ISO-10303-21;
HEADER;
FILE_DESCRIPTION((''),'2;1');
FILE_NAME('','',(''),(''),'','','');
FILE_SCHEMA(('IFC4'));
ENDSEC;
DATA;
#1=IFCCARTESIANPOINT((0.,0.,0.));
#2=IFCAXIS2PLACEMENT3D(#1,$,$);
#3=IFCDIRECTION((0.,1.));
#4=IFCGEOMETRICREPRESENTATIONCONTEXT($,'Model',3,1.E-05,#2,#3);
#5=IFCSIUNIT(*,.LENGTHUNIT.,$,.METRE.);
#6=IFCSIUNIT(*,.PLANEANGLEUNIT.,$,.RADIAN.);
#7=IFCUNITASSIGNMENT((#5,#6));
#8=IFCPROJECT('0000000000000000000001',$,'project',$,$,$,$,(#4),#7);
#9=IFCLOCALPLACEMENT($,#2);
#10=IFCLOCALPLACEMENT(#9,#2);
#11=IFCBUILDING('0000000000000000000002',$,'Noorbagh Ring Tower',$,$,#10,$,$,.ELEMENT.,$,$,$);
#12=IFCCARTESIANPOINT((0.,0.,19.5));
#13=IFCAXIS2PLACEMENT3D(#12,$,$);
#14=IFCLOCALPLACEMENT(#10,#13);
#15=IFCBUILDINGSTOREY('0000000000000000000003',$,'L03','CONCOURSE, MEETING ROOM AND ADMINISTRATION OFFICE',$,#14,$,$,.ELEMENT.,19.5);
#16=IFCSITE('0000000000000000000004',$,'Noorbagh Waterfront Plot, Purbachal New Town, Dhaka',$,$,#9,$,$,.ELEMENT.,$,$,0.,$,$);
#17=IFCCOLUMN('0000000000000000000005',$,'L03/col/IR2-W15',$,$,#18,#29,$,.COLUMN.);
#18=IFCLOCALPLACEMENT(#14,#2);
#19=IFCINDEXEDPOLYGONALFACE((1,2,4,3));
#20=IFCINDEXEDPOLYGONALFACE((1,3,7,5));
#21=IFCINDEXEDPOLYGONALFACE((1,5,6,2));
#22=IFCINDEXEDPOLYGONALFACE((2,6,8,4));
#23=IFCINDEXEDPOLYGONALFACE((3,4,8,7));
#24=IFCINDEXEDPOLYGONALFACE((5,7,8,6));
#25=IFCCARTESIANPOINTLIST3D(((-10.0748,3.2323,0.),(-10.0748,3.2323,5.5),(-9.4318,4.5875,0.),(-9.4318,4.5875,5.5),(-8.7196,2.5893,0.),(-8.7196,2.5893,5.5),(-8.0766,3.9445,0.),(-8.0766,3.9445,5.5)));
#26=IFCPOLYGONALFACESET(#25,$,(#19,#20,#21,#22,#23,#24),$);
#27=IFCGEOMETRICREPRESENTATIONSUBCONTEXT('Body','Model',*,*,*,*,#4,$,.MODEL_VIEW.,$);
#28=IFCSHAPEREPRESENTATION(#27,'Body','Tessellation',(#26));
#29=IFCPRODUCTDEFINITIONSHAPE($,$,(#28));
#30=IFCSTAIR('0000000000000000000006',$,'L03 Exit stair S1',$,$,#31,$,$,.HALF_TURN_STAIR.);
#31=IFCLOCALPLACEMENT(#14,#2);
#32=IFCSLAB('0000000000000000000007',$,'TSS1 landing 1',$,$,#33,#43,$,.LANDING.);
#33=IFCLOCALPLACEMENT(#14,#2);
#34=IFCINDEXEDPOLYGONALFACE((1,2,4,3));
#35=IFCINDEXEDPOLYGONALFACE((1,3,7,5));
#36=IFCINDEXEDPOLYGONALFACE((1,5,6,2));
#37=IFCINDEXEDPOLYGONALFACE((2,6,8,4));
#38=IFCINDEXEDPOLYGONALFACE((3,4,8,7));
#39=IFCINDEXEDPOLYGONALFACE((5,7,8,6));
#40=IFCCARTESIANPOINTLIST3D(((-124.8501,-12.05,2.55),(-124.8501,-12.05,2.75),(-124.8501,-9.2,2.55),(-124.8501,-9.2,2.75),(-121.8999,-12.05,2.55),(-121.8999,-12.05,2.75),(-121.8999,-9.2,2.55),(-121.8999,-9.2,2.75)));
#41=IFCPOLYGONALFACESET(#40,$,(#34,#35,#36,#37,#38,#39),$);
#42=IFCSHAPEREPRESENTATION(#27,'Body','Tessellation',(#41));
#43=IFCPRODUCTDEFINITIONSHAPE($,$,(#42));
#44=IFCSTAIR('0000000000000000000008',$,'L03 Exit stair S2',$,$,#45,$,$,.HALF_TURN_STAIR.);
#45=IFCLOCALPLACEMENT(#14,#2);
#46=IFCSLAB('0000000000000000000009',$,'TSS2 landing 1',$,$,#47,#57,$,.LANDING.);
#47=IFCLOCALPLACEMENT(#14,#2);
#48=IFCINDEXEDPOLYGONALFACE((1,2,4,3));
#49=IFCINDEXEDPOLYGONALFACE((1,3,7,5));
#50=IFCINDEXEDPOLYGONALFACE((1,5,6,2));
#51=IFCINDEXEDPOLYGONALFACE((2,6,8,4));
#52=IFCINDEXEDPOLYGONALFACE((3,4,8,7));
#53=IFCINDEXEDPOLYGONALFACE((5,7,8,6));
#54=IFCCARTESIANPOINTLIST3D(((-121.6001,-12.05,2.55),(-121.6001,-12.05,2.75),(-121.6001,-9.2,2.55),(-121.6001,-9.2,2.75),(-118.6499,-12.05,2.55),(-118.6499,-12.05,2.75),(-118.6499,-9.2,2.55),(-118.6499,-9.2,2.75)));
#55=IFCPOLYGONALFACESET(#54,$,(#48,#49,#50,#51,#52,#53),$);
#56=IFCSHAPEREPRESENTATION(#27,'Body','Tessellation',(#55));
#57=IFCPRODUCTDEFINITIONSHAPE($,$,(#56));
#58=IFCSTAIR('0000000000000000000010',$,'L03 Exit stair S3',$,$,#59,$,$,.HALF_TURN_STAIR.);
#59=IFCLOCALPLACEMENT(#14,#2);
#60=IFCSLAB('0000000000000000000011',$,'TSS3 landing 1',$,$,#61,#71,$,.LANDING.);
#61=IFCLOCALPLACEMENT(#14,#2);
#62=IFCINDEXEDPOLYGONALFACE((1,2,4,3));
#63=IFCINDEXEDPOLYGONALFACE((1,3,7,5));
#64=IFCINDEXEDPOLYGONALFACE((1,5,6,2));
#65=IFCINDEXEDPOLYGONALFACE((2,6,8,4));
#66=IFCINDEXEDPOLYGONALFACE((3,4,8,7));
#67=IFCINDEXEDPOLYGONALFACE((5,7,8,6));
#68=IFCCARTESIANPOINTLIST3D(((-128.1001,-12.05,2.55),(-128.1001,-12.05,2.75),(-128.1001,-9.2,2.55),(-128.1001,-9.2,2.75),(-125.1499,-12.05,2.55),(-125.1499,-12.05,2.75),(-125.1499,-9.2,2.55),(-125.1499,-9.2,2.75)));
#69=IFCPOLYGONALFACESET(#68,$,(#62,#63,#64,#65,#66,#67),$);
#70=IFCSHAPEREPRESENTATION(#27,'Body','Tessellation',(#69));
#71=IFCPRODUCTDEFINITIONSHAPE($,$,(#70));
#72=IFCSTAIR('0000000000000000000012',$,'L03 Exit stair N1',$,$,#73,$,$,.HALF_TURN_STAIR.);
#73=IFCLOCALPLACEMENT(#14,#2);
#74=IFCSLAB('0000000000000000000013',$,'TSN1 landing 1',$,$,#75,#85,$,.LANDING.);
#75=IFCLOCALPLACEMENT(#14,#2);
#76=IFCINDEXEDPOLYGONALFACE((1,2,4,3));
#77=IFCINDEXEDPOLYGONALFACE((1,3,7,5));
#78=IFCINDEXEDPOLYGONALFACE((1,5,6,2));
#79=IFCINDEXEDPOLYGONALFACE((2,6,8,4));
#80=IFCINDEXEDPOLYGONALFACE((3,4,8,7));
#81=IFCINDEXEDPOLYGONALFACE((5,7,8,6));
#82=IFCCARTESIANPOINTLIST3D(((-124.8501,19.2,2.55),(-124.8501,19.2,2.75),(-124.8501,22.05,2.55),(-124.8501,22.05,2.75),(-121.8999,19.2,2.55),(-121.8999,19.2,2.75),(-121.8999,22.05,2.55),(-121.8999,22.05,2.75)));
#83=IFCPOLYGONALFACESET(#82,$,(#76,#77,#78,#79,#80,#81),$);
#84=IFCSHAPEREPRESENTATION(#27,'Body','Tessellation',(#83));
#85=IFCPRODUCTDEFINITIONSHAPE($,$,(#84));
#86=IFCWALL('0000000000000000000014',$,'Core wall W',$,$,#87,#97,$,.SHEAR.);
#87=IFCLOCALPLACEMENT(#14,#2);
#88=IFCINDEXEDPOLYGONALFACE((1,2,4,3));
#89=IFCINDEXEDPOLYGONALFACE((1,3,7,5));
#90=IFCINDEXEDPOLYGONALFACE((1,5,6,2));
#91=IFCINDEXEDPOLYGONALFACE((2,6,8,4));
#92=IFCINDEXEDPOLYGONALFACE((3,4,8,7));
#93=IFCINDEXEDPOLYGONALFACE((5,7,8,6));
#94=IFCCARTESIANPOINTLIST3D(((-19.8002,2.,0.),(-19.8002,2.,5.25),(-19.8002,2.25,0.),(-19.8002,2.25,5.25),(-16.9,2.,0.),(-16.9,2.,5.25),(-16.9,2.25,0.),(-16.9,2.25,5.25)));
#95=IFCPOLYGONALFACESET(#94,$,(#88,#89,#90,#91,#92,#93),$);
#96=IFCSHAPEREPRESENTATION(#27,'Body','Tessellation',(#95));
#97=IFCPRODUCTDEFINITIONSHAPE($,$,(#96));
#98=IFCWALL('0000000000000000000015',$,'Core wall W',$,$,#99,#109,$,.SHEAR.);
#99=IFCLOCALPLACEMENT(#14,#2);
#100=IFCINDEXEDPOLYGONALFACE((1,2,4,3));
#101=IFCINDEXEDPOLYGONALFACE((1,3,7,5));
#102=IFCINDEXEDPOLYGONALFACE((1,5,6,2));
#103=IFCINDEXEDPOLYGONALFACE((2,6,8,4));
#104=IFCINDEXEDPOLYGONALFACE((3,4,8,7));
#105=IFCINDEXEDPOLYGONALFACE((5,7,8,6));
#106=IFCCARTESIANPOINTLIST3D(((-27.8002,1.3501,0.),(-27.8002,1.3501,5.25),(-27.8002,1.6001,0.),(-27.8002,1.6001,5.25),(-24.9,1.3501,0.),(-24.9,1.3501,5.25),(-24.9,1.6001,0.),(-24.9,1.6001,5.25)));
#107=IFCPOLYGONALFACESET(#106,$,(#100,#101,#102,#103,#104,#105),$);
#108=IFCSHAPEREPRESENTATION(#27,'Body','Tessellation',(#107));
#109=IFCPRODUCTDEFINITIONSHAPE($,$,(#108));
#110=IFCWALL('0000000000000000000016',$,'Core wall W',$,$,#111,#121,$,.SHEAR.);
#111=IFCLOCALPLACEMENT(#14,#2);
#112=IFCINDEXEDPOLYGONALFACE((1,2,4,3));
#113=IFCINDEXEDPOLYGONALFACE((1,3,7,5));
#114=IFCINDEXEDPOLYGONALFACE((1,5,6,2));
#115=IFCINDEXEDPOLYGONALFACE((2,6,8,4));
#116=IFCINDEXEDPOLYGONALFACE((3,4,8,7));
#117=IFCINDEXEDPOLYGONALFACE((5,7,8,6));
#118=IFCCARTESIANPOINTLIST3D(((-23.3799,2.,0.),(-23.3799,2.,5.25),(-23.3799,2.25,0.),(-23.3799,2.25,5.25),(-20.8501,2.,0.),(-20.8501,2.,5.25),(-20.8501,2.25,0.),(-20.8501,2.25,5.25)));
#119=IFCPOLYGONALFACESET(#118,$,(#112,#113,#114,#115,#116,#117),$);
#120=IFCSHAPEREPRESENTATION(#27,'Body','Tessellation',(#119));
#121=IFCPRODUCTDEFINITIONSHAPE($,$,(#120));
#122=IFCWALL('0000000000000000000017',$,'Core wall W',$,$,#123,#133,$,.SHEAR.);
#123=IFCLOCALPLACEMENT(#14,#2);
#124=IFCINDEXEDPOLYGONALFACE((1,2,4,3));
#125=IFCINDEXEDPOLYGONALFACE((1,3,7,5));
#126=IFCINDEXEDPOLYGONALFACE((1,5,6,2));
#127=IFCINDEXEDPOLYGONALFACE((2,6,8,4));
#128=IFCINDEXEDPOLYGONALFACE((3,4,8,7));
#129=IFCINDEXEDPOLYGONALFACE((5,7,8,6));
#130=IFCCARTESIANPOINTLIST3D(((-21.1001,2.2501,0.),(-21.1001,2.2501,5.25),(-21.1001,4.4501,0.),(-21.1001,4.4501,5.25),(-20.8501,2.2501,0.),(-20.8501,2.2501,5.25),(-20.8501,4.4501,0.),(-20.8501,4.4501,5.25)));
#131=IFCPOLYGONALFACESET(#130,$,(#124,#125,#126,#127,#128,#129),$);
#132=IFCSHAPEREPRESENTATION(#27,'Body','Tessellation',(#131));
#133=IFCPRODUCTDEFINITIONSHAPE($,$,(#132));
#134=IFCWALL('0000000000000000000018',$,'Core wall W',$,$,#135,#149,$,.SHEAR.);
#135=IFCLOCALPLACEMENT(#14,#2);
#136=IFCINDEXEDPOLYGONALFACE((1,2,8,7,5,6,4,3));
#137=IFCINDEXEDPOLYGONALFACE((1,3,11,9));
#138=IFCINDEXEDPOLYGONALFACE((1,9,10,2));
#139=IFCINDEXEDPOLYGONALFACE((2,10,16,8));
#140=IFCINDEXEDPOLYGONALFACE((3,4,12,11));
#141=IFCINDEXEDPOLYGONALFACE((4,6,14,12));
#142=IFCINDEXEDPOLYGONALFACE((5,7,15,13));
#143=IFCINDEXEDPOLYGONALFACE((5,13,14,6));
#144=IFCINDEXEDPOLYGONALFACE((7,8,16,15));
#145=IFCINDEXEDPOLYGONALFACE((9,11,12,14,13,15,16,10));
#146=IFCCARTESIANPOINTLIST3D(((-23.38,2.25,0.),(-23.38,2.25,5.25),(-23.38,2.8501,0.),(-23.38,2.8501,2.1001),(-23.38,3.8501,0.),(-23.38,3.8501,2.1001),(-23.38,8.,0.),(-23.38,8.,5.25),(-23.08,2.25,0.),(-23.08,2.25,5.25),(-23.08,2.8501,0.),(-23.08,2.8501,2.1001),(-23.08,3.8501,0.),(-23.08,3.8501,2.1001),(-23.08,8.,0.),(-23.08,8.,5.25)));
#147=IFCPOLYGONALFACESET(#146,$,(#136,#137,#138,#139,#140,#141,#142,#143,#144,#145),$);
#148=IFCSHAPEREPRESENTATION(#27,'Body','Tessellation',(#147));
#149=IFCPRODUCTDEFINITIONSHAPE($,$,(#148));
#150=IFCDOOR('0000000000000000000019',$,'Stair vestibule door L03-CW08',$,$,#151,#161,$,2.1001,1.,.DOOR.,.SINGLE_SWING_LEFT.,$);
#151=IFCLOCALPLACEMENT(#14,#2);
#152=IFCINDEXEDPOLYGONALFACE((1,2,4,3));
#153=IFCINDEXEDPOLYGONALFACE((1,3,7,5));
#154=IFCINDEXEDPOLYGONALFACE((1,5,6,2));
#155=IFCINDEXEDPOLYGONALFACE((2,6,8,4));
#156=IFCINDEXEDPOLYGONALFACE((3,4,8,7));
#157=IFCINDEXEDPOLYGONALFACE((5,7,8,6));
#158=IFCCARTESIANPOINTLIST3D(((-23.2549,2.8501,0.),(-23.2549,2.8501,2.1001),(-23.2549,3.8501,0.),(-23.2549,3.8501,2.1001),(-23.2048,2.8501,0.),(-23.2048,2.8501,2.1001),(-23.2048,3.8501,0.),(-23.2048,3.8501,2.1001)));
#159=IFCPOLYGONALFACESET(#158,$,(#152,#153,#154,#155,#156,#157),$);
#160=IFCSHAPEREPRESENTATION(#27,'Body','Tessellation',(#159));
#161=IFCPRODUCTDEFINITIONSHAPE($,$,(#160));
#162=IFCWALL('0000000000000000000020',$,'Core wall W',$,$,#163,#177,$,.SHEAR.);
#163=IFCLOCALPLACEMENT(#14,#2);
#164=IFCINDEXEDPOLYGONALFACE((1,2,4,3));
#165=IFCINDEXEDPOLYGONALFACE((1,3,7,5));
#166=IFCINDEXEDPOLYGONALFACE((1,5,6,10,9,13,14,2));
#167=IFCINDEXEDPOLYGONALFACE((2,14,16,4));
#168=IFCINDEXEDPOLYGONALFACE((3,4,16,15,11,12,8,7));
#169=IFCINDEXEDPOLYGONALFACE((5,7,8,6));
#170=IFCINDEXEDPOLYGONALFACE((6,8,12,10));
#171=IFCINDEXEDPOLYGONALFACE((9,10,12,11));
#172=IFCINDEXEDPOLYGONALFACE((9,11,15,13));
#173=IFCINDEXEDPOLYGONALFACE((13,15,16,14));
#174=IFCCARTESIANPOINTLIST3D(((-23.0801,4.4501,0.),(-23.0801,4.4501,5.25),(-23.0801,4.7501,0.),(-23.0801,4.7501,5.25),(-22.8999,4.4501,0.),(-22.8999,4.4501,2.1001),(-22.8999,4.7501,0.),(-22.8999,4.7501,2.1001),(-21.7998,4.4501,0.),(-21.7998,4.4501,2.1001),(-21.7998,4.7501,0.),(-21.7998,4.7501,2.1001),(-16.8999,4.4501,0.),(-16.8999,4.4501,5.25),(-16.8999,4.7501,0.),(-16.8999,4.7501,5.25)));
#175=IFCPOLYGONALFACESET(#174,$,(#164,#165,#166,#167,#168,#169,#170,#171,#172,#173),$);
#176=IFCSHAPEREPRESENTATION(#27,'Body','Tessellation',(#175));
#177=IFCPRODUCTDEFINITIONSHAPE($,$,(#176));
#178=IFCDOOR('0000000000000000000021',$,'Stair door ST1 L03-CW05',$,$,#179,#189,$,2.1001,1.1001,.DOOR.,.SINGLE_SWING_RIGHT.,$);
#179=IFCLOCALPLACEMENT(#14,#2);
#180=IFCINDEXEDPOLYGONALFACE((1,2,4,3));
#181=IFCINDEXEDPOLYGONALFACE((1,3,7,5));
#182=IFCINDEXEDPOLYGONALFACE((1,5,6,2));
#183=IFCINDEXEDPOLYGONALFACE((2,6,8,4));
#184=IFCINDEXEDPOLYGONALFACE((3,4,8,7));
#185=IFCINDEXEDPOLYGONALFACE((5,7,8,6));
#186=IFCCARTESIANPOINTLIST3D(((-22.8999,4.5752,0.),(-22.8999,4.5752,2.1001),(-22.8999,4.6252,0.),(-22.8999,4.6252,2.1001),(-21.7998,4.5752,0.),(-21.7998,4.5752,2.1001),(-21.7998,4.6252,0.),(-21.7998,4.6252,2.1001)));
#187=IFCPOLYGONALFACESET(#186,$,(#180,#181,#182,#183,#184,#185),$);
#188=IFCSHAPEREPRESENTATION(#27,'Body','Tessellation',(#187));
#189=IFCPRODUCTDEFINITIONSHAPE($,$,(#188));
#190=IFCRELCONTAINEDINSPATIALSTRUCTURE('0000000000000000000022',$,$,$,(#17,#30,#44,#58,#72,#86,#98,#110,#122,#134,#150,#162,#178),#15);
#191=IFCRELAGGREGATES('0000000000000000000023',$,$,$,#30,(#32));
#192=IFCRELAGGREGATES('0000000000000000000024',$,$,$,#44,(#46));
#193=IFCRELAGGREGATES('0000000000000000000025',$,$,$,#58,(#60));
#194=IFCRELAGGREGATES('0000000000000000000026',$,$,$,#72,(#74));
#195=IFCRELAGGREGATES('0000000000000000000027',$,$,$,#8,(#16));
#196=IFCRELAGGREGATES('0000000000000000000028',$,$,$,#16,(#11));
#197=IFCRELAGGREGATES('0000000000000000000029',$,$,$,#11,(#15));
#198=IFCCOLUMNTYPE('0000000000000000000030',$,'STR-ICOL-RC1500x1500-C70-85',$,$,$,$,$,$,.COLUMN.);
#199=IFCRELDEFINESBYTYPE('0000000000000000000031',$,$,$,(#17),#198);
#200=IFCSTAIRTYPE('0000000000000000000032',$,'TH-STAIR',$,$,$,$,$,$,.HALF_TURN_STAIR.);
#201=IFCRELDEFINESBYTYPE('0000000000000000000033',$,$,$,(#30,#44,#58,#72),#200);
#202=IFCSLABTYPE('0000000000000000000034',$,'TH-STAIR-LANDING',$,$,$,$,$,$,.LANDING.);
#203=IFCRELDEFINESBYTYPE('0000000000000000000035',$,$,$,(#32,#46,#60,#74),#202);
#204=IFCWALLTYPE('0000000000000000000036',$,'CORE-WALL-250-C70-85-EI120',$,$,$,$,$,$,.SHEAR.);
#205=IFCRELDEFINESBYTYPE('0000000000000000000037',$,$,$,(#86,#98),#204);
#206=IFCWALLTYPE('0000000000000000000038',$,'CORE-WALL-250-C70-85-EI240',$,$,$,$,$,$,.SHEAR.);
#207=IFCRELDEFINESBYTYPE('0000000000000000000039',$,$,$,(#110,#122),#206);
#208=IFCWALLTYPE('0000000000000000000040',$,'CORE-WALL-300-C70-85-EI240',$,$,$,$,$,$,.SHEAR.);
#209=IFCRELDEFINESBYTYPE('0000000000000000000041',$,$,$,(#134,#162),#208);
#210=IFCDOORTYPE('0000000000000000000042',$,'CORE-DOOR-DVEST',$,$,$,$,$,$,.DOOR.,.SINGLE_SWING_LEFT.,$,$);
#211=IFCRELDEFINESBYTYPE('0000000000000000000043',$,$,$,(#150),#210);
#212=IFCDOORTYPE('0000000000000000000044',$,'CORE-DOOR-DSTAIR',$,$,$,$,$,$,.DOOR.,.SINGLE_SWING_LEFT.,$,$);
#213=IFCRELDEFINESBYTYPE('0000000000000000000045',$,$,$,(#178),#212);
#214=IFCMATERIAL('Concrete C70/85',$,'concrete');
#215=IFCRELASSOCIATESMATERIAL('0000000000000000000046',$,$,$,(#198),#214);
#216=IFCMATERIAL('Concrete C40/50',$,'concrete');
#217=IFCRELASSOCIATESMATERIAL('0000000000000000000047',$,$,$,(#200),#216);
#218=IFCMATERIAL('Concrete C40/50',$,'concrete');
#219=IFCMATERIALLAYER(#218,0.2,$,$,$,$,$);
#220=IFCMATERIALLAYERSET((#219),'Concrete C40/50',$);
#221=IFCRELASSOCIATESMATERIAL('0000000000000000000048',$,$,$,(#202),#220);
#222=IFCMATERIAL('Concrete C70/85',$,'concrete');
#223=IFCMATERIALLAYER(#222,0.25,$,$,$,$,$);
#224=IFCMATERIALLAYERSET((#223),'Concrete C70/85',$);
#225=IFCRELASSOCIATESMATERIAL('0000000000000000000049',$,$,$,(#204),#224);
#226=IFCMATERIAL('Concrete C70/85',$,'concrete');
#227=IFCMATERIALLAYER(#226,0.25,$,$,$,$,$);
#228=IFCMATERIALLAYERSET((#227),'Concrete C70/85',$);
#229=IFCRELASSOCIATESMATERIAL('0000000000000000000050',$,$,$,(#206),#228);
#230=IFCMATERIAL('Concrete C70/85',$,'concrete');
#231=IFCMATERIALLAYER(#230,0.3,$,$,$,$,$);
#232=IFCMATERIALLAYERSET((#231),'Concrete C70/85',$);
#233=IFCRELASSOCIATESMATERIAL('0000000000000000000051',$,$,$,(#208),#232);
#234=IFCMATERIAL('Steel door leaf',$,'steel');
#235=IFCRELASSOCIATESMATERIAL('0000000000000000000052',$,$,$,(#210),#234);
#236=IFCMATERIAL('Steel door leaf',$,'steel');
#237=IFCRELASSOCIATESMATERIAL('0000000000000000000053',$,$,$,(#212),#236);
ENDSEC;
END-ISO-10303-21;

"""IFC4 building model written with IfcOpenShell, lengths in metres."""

from ifc_helpers import new_model, si_unit, direction, frame, frame_2d, origin, origin_2d, place, context, subcontext, project, spatial, polyline, rectangle, outline, extrude, material, layer, layer_set, material_profile, profile_set, type_object, element, fill, aggregate, save


model = new_model("IFC4")

# Units and contexts
model_context = context("Model", 3, precision=1e-05, world=origin(), true_north=direction((0.0, 1.0)))
body_context = subcontext(model_context, "Body", "Model", "MODEL_VIEW")
ifc_project = project(units=[si_unit("LENGTHUNIT", "METRE"), si_unit("PLANEANGLEUNIT", "RADIAN")], contexts=[model_context])

# Site, building, storey
site_placement = place(None, origin())
site = spatial("IfcSite", under=ifc_project, at=site_placement, Name="Noorbagh Waterfront Plot, Purbachal New Town, Dhaka", CompositionType="ELEMENT", RefElevation=0.0)
building_placement = place(site_placement, origin())
building = spatial("IfcBuilding", under=site, at=building_placement, Name="Noorbagh Ring Tower", CompositionType="ELEMENT")
storey_placement = place(building_placement, frame((0.0, 0.0, 19.5)))
storey = spatial("IfcBuildingStorey", under=building, at=storey_placement, Name="L03", Description="CONCOURSE, MEETING ROOM AND ADMINISTRATION OFFICE", CompositionType="ELEMENT", Elevation=19.5)

# Column
ifc_material_1 = material(Name="Concrete C70/85", Category="concrete")
ifc_material_profile = material_profile(ifc_material_1, rectangle(XDim=1.5, YDim=1.5, at=origin_2d()), Name="RC1500x1500")
ifc_profile_set = profile_set([ifc_material_profile], Name="Concrete C70/85")
column_type = type_object("IfcColumnType", Name="STR-ICOL-RC1500x1500-C70-85", PredefinedType="COLUMN", material=ifc_profile_set)
column_placement = place(storey_placement, frame((-9.0757, 3.5884, 0.0), z_axis=(0.0, 0.0, 1.0), x_axis=(-0.428667, -0.903463, 0.0)))
element("IfcColumn", 1, at=column_placement, inside=storey, type_object=column_type, Name="L03/col/IR2-W15", PredefinedType="COLUMN", context=body_context, shape_type="SweptSolid", body=[
    extrude(rectangle(XDim=1.5, YDim=1.5, at=origin_2d()), origin(), (0.0, 0.0, 1.0), 5.5),
])

# Stairs, slabs
ifc_material_2 = material(Name="Concrete C40/50", Category="concrete")
stair_type_1 = type_object("IfcStairType", Name="TH-STAIR", PredefinedType="HALF_TURN_STAIR", material=ifc_material_2)
stair_1_placement = place(storey_placement, origin())
stair_1 = element("IfcStair", 2, at=stair_1_placement, inside=storey, type_object=stair_type_1, Name="L03 Exit stair S1", PredefinedType="HALF_TURN_STAIR")
ifc_material_3 = material(Name="Concrete C40/50", Category="concrete")
ifc_layer_1 = layer(ifc_material_3, 0.2)
ifc_layer_set_1 = layer_set([ifc_layer_1], Name="Concrete C40/50")
slab_type = type_object("IfcSlabType", Name="TH-STAIR-LANDING", PredefinedType="LANDING", material=ifc_layer_set_1)
slab_1_placement = place(storey_placement, frame((0.0, 0.0, 2.55)))
slab_1 = element("IfcSlab", 3, at=slab_1_placement, type_object=slab_type, Name="TSS1 landing 1", PredefinedType="LANDING", context=body_context, shape_type="SweptSolid", body=[
    extrude(outline(polyline([(-121.8999, -12.05), (-121.8999, -9.2), (-124.8501, -9.2), (-124.8501, -12.05), (-121.8999, -12.05)])), origin(), (0.0, 0.0, 1.0), 0.2),
])
aggregate(stair_1, [slab_1])
stair_2_placement = place(storey_placement, origin())
stair_2 = element("IfcStair", 4, at=stair_2_placement, inside=storey, type_object=stair_type_1, Name="L03 Exit stair S2", PredefinedType="HALF_TURN_STAIR")
slab_2_placement = place(storey_placement, frame((0.0, 0.0, 2.55)))
slab_2 = element("IfcSlab", 5, at=slab_2_placement, type_object=slab_type, Name="TSS2 landing 1", PredefinedType="LANDING", context=body_context, shape_type="SweptSolid", body=[
    extrude(outline(polyline([(-118.6499, -12.05), (-118.6499, -9.2), (-121.6001, -9.2), (-121.6001, -12.05), (-118.6499, -12.05)])), origin(), (0.0, 0.0, 1.0), 0.2),
])
aggregate(stair_2, [slab_2])
stair_3_placement = place(storey_placement, origin())
stair_3 = element("IfcStair", 6, at=stair_3_placement, inside=storey, type_object=stair_type_1, Name="L03 Exit stair S3", PredefinedType="HALF_TURN_STAIR")
slab_3_placement = place(storey_placement, frame((0.0, 0.0, 2.55)))
slab_3 = element("IfcSlab", 7, at=slab_3_placement, type_object=slab_type, Name="TSS3 landing 1", PredefinedType="LANDING", context=body_context, shape_type="SweptSolid", body=[
    extrude(outline(polyline([(-125.1499, -12.05), (-125.1499, -9.2), (-128.1001, -9.2), (-128.1001, -12.05), (-125.1499, -12.05)])), origin(), (0.0, 0.0, 1.0), 0.2),
])
aggregate(stair_3, [slab_3])
stair_4_placement = place(storey_placement, origin())
stair_4 = element("IfcStair", 8, at=stair_4_placement, inside=storey, type_object=stair_type_1, Name="L03 Exit stair N1", PredefinedType="HALF_TURN_STAIR")
slab_4_placement = place(storey_placement, frame((0.0, 0.0, 2.55)))
slab_4 = element("IfcSlab", 9, at=slab_4_placement, type_object=slab_type, Name="TSN1 landing 1", PredefinedType="LANDING", context=body_context, shape_type="SweptSolid", body=[
    extrude(outline(polyline([(-124.8501, 22.05), (-124.8501, 19.2), (-121.8999, 19.2), (-121.8999, 22.05), (-124.8501, 22.05)])), origin(), (0.0, 0.0, 1.0), 0.2),
])
aggregate(stair_4, [slab_4])

# Walls
ifc_material_4 = material(Name="Concrete C70/85", Category="concrete")
ifc_layer_2 = layer(ifc_material_4, 0.25)
ifc_layer_set_2 = layer_set([ifc_layer_2], Name="Concrete C70/85")
wall_type_1 = type_object("IfcWallType", Name="CORE-WALL-250-C70-85-EI120", PredefinedType="SHEAR", material=ifc_layer_set_2)
for number, where, z_axis, x_axis, name in (
    (10, (-16.8999, 2.125, 0.0), (0.0, 0.0, 1.0), (-1.0, 0.0, 0.0), "Core wall W"),
    (11, (-24.8999, 1.4751, 0.0), (0.0, 0.0, 1.0), (-1.0, 0.0, 0.0), "Core wall W"),
):
    element("IfcWall", number, at=place(storey_placement, frame(where, z_axis=z_axis, x_axis=x_axis)), inside=storey, type_object=wall_type_1, Name=name, PredefinedType="SHEAR", context=body_context, shape_type="SweptSolid", body=[
        extrude(rectangle(XDim=2.9001, YDim=0.25, at=frame_2d((1.4502, 0.0))), origin(), (0.0, 0.0, 1.0), 5.25),
    ])
ifc_material_5 = material(Name="Concrete C70/85", Category="concrete")
ifc_layer_3 = layer(ifc_material_5, 0.25)
ifc_layer_set_3 = layer_set([ifc_layer_3], Name="Concrete C70/85")
wall_type_2 = type_object("IfcWallType", Name="CORE-WALL-250-C70-85-EI240", PredefinedType="SHEAR", material=ifc_layer_set_3)
wall_1_placement = place(storey_placement, frame((-20.8501, 2.125, 0.0), z_axis=(0.0, 0.0, 1.0), x_axis=(-1.0, 0.0, 0.0)))
element("IfcWall", 12, at=wall_1_placement, inside=storey, type_object=wall_type_2, Name="Core wall W", PredefinedType="SHEAR", context=body_context, shape_type="SweptSolid", body=[
    extrude(rectangle(XDim=2.5298, YDim=0.25, at=frame_2d((1.2649, 0.0))), origin(), (0.0, 0.0, 1.0), 5.25),
])
wall_2_placement = place(storey_placement, frame((-20.9751, 2.25, 0.0), z_axis=(0.0, 0.0, 1.0), x_axis=(0.0, 1.0, 0.0)))
element("IfcWall", 13, at=wall_2_placement, inside=storey, type_object=wall_type_2, Name="Core wall W", PredefinedType="SHEAR", context=body_context, shape_type="SweptSolid", body=[
    extrude(rectangle(XDim=2.2, YDim=0.25, at=frame_2d((1.1001, 0.0))), origin(), (0.0, 0.0, 1.0), 5.25),
])

# Walls, openings, doors
ifc_material_6 = material(Name="Concrete C70/85", Category="concrete")
ifc_layer_4 = layer(ifc_material_6, 0.3)
ifc_layer_set_4 = layer_set([ifc_layer_4], Name="Concrete C70/85")
wall_type_3 = type_object("IfcWallType", Name="CORE-WALL-300-C70-85-EI240", PredefinedType="SHEAR", material=ifc_layer_set_4)
wall_3_placement = place(storey_placement, frame((-23.23, 2.25, 0.0), z_axis=(0.0, 0.0, 1.0), x_axis=(0.0, 1.0, 0.0)))
wall_3 = element("IfcWall", 14, at=wall_3_placement, inside=storey, type_object=wall_type_3, Name="Core wall W", PredefinedType="SHEAR", context=body_context, shape_type="SweptSolid", body=[
    extrude(rectangle(XDim=5.75, YDim=0.3, at=frame_2d((2.875, 0.0))), origin(), (0.0, 0.0, 1.0), 5.25),
])
opening_1_placement = place(wall_3_placement, frame((0.6001, 0.0, 0.0)))
opening_1 = element("IfcOpeningElement", 15, at=opening_1_placement, cuts=wall_3, PredefinedType="OPENING", context=body_context, shape_type="SweptSolid", body=[
    extrude(rectangle(XDim=1.0, YDim=2.1001, at=frame_2d((0.5, 1.05))), frame((0.0, 0.1602, 0.0), z_axis=(0.0, -1.0, 0.0), x_axis=(1.0, 0.0, 0.0)), (0.0, 0.0, 1.0), 0.3201),
])
ifc_material_7 = material(Name="Steel door leaf", Category="steel")
door_type_1 = type_object("IfcDoorType", Name="CORE-DOOR-DVEST", OperationType="SINGLE_SWING_LEFT", PredefinedType="DOOR", material=ifc_material_7)
door_1_placement = place(opening_1_placement, origin())
door_1 = element("IfcDoor", 16, at=door_1_placement, inside=storey, type_object=door_type_1, Name="Stair vestibule door L03-CW08", OperationType="SINGLE_SWING_LEFT", OverallHeight=2.1001, OverallWidth=1.0, PredefinedType="DOOR", context=body_context, shape_type="SweptSolid", body=[
    extrude(rectangle(XDim=1.0, YDim=2.1001, at=frame_2d((0.5, 1.05))), frame((0.0, 0.0249, 0.0), z_axis=(0.0, -1.0, 0.0), x_axis=(1.0, 0.0, 0.0)), (0.0, 0.0, 1.0), 0.05),
])
fill(opening_1, door_1)
wall_4_placement = place(storey_placement, frame((-16.8999, 4.6001, 0.0), z_axis=(0.0, 0.0, 1.0), x_axis=(-1.0, 0.0, 0.0)))
wall_4 = element("IfcWall", 17, at=wall_4_placement, inside=storey, type_object=wall_type_3, Name="Core wall W", PredefinedType="SHEAR", context=body_context, shape_type="SweptSolid", body=[
    extrude(rectangle(XDim=6.1802, YDim=0.3, at=frame_2d((3.0901, 0.0))), origin(), (0.0, 0.0, 1.0), 5.25),
])
opening_2_placement = place(wall_4_placement, frame((4.8999, 0.0, 0.0)))
opening_2 = element("IfcOpeningElement", 18, at=opening_2_placement, cuts=wall_4, PredefinedType="OPENING", context=body_context, shape_type="SweptSolid", body=[
    extrude(rectangle(XDim=1.1001, YDim=2.1001, at=frame_2d((0.55, 1.05))), frame((0.0, 0.1602, 0.0), z_axis=(0.0, -1.0, 0.0), x_axis=(1.0, 0.0, 0.0)), (0.0, 0.0, 1.0), 0.3201),
])
ifc_material_8 = material(Name="Steel door leaf", Category="steel")
door_type_2 = type_object("IfcDoorType", Name="CORE-DOOR-DSTAIR", OperationType="SINGLE_SWING_LEFT", PredefinedType="DOOR", material=ifc_material_8)
door_2_placement = place(opening_2_placement, origin())
door_2 = element("IfcDoor", 19, at=door_2_placement, inside=storey, type_object=door_type_2, Name="Stair door ST1 L03-CW05", OperationType="SINGLE_SWING_RIGHT", OverallHeight=2.1001, OverallWidth=1.1001, PredefinedType="DOOR", context=body_context, shape_type="SweptSolid", body=[
    extrude(rectangle(XDim=1.1001, YDim=2.1001, at=frame_2d((0.55, 1.05))), frame((0.0, 0.0249, 0.0), z_axis=(0.0, -1.0, 0.0), x_axis=(1.0, 0.0, 0.0)), (0.0, 0.0, 1.0), 0.05),
])
fill(opening_2, door_2)

save(model, "model.ifc")
